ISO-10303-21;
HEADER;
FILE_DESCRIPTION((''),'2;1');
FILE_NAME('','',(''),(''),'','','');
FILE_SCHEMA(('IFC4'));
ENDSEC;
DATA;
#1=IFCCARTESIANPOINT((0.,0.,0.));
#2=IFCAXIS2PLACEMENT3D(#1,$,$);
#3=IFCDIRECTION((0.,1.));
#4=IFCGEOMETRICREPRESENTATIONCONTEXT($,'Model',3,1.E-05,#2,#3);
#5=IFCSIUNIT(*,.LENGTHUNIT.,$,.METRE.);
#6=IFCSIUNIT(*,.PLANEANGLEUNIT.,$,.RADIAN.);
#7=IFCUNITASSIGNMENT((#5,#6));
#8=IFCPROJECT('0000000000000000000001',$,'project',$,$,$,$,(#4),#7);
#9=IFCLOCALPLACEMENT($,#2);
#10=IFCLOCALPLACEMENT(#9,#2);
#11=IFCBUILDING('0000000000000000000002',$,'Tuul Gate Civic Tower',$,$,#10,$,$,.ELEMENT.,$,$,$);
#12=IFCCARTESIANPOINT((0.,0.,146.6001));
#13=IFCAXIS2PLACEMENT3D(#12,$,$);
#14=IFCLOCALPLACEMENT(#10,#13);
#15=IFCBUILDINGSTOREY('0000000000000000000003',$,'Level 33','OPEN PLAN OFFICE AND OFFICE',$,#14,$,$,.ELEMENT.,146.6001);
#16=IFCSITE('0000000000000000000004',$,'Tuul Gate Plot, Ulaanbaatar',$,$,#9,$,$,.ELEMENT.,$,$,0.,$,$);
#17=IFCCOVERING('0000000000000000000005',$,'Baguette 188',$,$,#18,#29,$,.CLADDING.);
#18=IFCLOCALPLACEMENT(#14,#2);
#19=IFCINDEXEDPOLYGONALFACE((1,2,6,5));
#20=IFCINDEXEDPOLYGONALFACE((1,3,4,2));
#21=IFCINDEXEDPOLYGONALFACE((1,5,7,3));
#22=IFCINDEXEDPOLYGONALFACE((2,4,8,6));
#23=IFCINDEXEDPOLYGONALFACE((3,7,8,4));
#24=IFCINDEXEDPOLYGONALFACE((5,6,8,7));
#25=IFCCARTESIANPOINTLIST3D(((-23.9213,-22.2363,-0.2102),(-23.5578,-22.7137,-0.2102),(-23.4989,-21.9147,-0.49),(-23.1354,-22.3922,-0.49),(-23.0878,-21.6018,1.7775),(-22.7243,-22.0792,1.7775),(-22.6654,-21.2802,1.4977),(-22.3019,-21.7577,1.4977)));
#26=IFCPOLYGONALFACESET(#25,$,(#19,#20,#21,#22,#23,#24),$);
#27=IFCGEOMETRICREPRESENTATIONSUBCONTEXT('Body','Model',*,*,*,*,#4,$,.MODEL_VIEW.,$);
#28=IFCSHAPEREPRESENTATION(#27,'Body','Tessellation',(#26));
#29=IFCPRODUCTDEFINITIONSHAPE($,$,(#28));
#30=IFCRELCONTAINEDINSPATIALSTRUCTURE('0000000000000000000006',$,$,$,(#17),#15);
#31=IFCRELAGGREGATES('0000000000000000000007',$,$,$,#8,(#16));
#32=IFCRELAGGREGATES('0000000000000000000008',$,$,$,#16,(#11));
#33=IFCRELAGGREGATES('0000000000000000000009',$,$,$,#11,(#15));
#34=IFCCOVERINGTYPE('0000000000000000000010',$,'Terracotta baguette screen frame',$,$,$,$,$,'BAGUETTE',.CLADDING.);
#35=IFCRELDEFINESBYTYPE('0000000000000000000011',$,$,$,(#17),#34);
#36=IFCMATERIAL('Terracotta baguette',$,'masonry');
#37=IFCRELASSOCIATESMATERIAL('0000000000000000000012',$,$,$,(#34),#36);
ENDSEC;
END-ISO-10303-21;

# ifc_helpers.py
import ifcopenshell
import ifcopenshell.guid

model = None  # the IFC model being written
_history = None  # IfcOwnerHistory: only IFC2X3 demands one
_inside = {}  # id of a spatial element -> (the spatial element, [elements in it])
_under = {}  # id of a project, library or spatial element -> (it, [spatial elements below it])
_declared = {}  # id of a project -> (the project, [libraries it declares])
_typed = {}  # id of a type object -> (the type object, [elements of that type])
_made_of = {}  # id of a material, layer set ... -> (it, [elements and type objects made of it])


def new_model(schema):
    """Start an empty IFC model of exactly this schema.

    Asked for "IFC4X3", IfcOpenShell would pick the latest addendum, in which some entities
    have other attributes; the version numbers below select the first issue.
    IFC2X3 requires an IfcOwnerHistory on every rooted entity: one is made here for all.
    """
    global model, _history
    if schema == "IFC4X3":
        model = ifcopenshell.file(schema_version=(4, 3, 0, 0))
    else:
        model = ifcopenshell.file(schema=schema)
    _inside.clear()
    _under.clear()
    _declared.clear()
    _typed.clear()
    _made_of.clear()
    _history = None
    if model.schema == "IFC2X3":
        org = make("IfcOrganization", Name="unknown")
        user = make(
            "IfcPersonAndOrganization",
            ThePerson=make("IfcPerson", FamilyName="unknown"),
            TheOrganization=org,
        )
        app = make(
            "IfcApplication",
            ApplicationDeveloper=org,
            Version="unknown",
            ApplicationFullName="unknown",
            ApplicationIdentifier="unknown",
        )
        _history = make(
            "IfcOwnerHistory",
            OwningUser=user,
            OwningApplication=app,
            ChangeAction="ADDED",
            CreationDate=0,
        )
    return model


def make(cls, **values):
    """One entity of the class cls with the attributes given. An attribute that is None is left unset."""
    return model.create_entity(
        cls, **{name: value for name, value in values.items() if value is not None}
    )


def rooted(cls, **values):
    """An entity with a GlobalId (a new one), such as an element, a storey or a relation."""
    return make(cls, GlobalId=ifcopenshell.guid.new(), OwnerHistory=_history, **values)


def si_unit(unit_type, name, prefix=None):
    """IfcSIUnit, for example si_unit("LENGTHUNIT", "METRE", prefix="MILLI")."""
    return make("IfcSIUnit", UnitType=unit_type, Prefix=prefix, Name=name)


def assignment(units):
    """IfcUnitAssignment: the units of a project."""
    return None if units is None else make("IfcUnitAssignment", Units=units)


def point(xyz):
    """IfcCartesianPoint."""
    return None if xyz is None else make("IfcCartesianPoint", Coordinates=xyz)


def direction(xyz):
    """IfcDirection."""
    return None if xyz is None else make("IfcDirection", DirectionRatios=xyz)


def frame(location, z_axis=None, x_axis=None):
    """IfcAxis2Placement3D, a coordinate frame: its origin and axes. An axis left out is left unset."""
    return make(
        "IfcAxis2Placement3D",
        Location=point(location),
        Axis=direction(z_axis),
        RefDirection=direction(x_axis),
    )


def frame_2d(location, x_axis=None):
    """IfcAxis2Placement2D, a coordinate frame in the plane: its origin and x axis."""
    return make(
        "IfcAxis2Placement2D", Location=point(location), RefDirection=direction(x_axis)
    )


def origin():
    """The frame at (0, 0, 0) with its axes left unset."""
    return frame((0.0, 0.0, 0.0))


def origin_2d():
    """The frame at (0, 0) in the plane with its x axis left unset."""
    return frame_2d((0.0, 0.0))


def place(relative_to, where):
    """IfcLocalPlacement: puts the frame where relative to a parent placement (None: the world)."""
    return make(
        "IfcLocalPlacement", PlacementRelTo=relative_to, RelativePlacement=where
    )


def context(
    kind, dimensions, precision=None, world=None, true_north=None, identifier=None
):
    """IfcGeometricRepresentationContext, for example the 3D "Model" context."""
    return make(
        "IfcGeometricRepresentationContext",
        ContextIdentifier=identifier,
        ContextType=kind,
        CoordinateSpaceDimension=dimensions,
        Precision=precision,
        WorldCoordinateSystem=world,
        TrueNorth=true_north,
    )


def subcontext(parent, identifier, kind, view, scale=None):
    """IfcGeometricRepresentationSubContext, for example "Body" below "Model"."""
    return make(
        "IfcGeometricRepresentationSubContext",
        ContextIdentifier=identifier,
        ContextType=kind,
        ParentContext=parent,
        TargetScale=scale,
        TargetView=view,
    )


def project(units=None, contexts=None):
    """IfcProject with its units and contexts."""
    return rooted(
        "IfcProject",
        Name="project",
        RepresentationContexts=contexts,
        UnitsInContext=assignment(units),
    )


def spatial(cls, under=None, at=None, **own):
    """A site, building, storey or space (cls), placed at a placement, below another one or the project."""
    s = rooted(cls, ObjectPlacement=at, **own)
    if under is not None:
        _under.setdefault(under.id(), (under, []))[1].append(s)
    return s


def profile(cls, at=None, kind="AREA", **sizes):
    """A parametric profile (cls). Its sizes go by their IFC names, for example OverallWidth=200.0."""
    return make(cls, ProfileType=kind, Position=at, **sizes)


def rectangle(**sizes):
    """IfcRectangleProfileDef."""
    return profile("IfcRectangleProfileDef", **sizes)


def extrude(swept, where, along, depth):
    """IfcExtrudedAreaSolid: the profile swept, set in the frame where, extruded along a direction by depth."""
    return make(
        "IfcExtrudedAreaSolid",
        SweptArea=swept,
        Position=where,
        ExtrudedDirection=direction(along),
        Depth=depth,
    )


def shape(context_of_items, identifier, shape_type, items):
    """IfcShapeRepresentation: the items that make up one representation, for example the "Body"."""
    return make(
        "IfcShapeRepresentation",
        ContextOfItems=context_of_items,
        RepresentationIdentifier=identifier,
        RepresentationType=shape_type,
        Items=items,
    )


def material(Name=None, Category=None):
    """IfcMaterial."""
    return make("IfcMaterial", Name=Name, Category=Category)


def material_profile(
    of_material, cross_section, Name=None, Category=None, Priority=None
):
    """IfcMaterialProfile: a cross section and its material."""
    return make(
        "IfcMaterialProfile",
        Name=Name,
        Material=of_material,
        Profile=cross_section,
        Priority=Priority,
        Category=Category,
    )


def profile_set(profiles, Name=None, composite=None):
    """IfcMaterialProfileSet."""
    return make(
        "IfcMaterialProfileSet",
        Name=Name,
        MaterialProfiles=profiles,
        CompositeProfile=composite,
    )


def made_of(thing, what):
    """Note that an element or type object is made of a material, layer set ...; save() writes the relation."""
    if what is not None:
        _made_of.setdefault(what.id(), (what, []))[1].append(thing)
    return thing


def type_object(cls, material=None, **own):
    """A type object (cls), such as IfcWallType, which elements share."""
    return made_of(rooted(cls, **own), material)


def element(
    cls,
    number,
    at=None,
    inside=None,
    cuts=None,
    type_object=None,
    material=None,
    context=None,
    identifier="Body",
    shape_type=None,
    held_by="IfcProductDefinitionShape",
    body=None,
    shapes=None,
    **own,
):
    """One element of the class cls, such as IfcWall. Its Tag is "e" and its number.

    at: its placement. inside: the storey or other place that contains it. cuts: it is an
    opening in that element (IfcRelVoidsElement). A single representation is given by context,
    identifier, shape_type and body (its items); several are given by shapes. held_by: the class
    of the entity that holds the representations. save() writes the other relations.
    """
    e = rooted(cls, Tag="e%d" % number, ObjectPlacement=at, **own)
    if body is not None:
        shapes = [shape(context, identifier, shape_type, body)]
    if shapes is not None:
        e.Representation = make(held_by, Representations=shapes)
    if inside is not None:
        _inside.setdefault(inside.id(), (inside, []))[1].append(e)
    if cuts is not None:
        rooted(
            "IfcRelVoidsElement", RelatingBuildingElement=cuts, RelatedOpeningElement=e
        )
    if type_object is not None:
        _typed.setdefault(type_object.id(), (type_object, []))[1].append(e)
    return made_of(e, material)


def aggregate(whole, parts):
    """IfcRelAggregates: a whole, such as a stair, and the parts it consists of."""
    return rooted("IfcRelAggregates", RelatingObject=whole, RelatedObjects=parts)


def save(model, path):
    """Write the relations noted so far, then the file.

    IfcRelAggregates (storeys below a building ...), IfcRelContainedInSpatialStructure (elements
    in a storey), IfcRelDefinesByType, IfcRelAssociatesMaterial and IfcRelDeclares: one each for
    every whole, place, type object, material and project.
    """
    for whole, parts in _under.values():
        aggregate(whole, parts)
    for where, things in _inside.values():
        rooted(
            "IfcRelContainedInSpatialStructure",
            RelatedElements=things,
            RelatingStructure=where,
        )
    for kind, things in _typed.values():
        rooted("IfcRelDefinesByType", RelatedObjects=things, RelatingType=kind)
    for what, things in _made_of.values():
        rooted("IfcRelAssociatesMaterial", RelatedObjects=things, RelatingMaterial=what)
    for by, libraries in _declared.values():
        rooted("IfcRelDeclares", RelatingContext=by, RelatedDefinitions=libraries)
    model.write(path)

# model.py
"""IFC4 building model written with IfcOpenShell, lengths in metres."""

from ifc_helpers import new_model, si_unit, direction, frame, origin, origin_2d, place, context, subcontext, project, spatial, rectangle, extrude, material, material_profile, profile_set, type_object, element, save


model = new_model("IFC4")

# Units and contexts
model_context = context("Model", 3, precision=1e-05, world=origin(), true_north=direction((0.0, 1.0)))
body_context = subcontext(model_context, "Body", "Model", "MODEL_VIEW")
ifc_project = project(units=[si_unit("LENGTHUNIT", "METRE"), si_unit("PLANEANGLEUNIT", "RADIAN")], contexts=[model_context])

# Site, building, storey
site_placement = place(None, origin())
site = spatial("IfcSite", under=ifc_project, at=site_placement, Name="Tuul Gate Plot, Ulaanbaatar", CompositionType="ELEMENT", RefElevation=0.0)
building_placement = place(site_placement, origin())
building = spatial("IfcBuilding", under=site, at=building_placement, Name="Tuul Gate Civic Tower", CompositionType="ELEMENT")
storey_placement = place(building_placement, frame((0.0, 0.0, 146.6001)))
storey = spatial("IfcBuildingStorey", under=building, at=storey_placement, Name="Level 33", Description="OPEN PLAN OFFICE AND OFFICE", CompositionType="ELEMENT", Elevation=146.6001)

# Covering
ifc_material_1 = material(Name="Terracotta baguette", Category="masonry")
ifc_material_profile_1 = material_profile(ifc_material_1, rectangle(XDim=0.6001, YDim=0.6001, at=origin_2d()), Name="Terracotta baguette screen frame")
ifc_profile_set_1 = profile_set([ifc_material_profile_1], Name="Terracotta baguette")
covering_type = type_object("IfcCoveringType", Name="Terracotta baguette screen frame", ElementType="BAGUETTE", PredefinedType="CLADDING", material=ifc_profile_set_1)
covering_placement = place(storey_placement, frame((-23.5283, -22.3142, -0.3501), z_axis=(0.37095, 0.282396, 0.884674), x_axis=(-0.605727, 0.795672, 0.0)))
element("IfcCovering", 1, at=covering_placement, inside=storey, type_object=covering_type, Name="Baguette 188", PredefinedType="CLADDING", context=body_context, shape_type="SweptSolid", body=[
    extrude(rectangle(XDim=0.6001, YDim=0.6001, at=origin_2d()), origin(), (0.0, 0.0, 1.0), 2.2468),
])

save(model, "model.ifc")
